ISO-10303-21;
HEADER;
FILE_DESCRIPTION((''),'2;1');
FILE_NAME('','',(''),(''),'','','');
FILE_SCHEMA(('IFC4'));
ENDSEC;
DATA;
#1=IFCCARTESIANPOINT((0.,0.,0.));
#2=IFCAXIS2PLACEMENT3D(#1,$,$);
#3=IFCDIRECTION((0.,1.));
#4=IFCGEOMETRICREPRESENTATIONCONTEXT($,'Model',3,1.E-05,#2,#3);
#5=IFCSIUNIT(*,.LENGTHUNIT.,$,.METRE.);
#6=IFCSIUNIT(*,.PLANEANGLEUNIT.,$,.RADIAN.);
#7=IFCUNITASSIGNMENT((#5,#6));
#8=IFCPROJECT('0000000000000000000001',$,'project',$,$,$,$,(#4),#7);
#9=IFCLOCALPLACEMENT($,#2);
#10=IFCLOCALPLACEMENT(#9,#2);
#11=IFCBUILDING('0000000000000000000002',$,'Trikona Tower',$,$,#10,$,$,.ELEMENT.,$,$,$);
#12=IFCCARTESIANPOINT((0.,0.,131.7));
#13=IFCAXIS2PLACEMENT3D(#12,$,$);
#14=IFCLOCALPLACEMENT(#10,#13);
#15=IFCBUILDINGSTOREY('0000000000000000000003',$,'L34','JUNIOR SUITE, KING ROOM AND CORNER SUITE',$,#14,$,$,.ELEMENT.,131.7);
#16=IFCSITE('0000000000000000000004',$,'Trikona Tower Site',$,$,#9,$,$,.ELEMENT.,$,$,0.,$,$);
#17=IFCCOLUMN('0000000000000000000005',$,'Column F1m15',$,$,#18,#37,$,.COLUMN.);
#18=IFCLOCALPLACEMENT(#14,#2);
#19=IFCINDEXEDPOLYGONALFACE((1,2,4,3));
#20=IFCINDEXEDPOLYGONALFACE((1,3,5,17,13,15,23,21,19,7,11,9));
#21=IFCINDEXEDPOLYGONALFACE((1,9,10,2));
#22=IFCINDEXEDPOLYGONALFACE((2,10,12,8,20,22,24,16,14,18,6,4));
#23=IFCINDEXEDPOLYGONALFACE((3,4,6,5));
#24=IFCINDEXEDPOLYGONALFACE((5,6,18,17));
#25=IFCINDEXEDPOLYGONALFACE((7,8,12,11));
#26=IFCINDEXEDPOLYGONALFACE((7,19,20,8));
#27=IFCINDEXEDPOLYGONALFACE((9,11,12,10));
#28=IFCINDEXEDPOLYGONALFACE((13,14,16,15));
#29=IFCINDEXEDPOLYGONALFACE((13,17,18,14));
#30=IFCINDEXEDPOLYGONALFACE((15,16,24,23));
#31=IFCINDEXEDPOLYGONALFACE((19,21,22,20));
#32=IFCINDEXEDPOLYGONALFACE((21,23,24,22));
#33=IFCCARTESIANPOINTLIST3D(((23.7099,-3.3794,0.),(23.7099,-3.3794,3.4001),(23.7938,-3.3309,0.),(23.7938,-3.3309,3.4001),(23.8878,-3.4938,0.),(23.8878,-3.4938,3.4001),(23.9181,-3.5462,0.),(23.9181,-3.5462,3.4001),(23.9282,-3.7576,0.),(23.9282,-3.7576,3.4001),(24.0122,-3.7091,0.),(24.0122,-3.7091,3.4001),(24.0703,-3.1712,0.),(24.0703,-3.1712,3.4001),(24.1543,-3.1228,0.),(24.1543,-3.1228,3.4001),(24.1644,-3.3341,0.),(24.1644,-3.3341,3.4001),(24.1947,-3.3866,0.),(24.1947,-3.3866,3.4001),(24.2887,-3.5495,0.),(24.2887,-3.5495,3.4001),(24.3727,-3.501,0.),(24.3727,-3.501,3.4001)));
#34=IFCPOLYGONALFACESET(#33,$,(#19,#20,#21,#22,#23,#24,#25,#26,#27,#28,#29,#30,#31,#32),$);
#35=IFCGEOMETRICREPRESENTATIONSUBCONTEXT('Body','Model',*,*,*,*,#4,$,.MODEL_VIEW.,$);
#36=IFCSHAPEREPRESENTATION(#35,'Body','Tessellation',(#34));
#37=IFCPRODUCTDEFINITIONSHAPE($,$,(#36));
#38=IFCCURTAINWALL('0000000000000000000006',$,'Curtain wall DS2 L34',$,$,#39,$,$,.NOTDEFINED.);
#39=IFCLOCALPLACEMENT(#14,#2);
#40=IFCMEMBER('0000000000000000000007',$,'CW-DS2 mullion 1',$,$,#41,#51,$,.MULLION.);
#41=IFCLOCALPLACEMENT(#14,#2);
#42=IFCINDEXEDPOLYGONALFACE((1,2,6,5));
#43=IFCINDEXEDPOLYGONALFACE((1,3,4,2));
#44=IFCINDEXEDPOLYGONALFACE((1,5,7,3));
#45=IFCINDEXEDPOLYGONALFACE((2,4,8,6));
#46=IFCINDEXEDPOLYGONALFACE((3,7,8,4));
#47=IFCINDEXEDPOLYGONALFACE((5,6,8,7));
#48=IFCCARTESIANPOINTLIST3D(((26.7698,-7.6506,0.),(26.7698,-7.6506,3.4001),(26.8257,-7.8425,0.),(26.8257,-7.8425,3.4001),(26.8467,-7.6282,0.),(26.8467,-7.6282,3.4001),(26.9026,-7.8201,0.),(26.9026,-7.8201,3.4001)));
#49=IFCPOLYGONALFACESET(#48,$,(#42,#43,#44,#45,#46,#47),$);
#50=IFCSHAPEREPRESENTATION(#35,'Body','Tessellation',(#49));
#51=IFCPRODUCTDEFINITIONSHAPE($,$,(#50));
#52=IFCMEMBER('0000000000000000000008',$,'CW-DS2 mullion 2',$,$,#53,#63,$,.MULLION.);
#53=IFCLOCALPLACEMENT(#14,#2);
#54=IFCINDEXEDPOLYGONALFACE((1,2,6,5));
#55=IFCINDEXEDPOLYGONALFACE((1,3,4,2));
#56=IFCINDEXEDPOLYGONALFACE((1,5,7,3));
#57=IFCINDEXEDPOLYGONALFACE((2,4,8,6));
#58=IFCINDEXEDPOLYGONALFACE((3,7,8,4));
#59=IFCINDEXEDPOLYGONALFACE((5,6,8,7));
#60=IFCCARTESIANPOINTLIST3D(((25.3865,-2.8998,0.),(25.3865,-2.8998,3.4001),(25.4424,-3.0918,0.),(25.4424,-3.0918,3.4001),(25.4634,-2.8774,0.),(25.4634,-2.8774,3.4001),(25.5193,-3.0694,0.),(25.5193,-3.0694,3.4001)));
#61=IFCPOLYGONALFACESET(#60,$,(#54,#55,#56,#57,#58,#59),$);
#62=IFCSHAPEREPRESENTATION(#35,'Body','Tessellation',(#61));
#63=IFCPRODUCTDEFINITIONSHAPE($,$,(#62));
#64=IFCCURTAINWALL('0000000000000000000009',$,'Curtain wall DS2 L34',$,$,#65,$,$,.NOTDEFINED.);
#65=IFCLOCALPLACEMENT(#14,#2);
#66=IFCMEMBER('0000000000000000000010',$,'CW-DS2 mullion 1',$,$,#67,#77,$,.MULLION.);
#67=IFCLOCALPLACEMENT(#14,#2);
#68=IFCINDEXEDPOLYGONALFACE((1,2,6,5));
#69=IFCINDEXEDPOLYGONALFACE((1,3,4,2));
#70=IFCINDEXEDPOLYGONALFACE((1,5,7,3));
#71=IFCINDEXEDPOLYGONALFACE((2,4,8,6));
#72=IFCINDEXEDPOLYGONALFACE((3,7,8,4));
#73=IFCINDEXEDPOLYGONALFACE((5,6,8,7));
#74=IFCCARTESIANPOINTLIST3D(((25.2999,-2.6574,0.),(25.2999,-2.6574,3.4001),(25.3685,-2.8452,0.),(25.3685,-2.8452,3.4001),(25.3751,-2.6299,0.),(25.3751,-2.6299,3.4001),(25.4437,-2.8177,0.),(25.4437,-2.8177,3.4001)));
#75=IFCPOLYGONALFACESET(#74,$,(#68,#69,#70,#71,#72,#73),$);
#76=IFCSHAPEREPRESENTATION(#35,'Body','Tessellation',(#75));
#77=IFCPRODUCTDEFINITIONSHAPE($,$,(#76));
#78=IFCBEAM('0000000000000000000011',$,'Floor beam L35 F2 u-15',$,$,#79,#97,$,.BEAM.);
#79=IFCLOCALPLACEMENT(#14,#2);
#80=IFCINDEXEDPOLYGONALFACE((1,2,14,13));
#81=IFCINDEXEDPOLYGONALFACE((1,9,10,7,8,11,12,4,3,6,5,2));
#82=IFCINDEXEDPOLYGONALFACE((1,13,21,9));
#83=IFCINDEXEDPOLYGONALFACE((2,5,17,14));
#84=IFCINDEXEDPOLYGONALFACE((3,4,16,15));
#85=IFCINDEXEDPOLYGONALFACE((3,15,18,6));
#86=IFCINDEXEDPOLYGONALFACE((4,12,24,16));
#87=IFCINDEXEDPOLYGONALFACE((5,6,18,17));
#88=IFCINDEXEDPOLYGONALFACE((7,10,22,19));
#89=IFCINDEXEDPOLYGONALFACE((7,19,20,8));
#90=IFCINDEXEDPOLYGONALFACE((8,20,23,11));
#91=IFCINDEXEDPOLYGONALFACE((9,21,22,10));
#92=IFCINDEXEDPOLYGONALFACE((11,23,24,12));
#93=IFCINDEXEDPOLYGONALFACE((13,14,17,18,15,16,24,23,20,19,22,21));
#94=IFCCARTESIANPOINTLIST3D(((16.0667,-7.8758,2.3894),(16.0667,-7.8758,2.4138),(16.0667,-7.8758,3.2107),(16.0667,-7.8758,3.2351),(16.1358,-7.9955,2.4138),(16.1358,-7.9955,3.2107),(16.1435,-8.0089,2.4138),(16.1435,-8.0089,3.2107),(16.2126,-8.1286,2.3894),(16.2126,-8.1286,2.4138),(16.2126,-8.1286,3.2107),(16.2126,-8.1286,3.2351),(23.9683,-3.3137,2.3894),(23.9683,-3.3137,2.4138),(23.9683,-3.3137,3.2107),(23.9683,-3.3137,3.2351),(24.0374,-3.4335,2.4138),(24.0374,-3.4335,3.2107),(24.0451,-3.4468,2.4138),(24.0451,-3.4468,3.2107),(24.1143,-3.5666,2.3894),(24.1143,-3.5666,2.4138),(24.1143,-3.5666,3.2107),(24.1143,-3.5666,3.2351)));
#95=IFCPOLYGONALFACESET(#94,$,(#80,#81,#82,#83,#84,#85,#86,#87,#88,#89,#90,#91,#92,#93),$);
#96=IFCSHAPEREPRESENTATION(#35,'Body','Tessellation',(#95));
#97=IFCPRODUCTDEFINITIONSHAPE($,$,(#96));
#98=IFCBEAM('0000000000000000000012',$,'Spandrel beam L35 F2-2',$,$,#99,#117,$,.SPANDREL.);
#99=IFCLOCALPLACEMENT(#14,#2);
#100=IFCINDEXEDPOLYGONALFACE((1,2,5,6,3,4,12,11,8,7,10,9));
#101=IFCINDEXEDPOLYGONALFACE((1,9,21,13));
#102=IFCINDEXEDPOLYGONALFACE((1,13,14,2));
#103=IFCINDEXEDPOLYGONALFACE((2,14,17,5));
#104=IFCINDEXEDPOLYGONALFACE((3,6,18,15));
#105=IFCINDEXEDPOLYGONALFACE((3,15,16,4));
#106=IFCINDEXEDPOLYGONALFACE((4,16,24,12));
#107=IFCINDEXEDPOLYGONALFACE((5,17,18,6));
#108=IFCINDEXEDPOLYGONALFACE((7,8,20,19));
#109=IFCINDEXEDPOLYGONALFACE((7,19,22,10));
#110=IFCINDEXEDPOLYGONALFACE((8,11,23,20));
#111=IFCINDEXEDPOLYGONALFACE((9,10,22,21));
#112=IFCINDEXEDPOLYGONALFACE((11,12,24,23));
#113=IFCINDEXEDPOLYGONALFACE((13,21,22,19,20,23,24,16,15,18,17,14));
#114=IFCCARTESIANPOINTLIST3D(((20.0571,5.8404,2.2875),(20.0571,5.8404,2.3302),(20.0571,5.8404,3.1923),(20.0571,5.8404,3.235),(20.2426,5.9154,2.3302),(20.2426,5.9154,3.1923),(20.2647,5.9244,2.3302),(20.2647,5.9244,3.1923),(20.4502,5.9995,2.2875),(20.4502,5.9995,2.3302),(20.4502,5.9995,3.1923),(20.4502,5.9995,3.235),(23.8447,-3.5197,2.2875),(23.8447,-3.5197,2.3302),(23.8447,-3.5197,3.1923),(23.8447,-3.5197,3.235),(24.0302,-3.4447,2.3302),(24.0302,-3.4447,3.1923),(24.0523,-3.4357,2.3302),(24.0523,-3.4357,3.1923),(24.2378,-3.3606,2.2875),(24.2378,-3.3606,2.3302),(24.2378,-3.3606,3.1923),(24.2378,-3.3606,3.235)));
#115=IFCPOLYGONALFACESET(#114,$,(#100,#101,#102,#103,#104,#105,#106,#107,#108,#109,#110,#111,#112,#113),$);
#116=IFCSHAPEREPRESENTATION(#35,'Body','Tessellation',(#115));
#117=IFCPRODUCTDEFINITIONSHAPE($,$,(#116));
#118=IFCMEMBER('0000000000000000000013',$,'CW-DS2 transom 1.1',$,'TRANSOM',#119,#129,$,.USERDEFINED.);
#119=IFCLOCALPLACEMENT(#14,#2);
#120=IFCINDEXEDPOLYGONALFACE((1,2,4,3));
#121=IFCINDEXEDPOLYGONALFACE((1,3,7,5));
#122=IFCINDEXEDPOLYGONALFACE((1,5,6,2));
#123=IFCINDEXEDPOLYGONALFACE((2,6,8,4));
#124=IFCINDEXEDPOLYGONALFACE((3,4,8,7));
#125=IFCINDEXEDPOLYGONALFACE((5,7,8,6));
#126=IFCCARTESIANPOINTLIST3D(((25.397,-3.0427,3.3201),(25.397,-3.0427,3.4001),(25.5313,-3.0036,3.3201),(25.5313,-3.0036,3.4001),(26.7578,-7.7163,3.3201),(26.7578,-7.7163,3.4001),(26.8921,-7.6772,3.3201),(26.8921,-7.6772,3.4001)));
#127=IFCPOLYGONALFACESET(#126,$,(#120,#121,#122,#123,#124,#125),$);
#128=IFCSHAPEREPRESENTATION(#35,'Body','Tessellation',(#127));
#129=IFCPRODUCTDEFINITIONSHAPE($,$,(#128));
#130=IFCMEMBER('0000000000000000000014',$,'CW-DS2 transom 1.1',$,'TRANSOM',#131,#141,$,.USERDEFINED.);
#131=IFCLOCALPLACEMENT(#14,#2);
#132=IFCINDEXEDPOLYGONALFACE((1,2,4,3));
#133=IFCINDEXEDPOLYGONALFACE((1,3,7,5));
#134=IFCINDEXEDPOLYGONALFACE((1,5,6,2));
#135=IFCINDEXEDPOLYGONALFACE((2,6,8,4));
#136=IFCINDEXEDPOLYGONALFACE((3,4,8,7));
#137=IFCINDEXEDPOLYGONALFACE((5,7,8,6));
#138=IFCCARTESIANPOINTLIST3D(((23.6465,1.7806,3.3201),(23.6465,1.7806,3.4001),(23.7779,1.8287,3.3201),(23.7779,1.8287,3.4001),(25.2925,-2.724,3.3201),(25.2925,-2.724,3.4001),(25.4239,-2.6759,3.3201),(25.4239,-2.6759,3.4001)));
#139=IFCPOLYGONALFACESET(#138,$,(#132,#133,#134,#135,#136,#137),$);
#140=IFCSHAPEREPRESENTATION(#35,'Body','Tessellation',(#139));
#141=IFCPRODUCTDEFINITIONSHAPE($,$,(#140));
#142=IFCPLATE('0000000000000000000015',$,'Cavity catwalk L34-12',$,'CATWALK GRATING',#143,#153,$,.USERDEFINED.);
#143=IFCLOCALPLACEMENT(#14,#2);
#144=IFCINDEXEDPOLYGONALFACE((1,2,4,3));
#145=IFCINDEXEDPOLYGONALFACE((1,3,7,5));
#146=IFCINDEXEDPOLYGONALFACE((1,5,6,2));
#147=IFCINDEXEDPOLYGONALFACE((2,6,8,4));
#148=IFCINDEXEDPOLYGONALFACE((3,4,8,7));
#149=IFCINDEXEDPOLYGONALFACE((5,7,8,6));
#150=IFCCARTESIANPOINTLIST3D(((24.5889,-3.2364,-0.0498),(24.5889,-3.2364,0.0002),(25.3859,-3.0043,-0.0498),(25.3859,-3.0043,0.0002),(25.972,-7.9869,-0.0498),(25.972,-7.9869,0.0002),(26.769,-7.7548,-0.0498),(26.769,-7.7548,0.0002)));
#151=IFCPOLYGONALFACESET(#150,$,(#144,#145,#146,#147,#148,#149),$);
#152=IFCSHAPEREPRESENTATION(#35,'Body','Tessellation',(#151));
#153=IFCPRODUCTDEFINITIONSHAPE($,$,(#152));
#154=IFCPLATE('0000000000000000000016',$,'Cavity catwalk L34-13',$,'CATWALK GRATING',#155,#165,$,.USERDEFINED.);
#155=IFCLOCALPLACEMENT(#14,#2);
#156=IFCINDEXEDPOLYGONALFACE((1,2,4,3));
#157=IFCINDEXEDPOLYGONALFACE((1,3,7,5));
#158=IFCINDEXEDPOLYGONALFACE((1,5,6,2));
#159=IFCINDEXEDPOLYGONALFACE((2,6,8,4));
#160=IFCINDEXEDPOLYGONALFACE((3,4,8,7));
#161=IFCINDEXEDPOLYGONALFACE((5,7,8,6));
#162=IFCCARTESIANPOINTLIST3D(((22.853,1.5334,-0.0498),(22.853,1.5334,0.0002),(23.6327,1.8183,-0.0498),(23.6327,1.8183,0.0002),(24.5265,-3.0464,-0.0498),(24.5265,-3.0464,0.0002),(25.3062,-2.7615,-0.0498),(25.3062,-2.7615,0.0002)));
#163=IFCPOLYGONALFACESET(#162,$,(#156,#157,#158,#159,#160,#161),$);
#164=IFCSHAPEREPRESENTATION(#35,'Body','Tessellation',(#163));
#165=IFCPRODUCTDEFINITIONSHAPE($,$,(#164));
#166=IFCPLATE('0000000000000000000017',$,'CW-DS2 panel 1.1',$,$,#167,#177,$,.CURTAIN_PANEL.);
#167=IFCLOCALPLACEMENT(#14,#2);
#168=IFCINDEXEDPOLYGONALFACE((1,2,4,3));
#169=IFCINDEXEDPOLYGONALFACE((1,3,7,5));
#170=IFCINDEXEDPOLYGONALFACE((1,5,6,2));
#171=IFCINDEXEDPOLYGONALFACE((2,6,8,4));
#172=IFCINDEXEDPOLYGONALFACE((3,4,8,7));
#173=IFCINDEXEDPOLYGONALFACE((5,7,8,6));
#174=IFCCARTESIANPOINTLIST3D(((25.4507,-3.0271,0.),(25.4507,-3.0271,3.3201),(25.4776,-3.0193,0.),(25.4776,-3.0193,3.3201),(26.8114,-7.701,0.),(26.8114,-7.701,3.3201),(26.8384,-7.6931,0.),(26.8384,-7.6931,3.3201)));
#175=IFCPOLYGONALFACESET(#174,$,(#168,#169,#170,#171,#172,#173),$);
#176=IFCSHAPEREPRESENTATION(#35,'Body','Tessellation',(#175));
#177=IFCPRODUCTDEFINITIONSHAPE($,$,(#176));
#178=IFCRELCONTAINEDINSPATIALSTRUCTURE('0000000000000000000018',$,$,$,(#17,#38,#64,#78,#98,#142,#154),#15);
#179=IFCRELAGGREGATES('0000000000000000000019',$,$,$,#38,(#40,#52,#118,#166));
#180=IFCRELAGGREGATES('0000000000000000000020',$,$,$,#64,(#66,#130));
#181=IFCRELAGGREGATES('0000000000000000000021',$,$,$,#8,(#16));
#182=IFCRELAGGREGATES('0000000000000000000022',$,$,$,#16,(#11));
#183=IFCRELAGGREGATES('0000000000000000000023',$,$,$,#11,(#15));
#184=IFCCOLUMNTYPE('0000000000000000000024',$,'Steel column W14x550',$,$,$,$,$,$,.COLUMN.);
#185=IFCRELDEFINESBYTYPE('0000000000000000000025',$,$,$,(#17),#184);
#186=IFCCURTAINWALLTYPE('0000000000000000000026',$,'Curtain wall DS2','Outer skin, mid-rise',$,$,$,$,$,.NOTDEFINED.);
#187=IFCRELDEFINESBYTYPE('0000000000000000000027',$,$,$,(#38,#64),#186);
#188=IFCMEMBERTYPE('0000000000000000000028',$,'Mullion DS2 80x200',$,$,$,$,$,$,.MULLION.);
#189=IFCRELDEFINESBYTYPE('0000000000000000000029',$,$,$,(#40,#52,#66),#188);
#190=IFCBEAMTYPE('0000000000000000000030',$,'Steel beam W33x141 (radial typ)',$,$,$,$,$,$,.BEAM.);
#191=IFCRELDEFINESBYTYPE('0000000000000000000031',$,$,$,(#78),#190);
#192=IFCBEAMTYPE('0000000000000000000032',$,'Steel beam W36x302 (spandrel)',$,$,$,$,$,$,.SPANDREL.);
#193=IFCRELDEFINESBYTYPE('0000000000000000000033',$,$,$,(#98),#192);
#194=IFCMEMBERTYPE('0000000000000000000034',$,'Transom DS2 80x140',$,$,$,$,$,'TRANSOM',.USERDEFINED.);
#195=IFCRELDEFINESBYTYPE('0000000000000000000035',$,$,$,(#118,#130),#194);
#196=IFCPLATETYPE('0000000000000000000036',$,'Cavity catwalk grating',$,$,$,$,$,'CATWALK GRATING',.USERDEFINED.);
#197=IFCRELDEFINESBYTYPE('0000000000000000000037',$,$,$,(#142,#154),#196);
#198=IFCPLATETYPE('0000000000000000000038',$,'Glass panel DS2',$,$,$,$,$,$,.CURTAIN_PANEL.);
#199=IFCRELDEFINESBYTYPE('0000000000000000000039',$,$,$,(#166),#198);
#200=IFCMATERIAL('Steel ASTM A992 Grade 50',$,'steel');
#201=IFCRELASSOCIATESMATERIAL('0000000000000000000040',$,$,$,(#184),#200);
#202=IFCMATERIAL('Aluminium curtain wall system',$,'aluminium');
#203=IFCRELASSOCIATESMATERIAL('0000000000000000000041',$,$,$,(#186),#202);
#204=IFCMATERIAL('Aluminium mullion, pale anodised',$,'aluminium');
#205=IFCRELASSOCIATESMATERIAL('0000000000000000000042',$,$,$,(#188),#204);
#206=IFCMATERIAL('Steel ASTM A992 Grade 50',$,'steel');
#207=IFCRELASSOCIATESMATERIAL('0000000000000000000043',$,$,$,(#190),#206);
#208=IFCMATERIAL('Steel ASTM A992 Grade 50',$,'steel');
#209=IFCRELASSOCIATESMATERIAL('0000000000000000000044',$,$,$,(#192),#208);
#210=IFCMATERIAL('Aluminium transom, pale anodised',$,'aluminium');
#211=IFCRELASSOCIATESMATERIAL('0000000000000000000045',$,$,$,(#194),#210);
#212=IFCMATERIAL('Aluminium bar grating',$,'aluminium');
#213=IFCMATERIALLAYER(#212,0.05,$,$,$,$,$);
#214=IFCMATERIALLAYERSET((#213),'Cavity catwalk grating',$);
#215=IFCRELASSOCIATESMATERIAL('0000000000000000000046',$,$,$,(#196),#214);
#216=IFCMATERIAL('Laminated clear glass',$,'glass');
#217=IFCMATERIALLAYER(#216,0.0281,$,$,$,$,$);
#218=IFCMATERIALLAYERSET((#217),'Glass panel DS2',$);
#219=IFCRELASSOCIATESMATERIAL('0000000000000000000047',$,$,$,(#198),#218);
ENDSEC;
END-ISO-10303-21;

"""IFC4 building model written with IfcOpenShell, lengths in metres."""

from ifc_helpers import new_model, si_unit, direction, frame, origin, origin_2d, place, context, subcontext, project, spatial, rectangle, i_section, extrude, material, layer, layer_set, material_profile, profile_set, type_object, element, aggregate, save


model = new_model("IFC4")

# Units and contexts
model_context = context("Model", 3, precision=1e-05, world=origin(), true_north=direction((0.0, 1.0)))
body_context = subcontext(model_context, "Body", "Model", "MODEL_VIEW")
ifc_project = project(units=[si_unit("LENGTHUNIT", "METRE"), si_unit("PLANEANGLEUNIT", "RADIAN")], contexts=[model_context])

# Site, building, storey
site_placement = place(None, origin())
site = spatial("IfcSite", under=ifc_project, at=site_placement, Name="Trikona Tower Site", CompositionType="ELEMENT", RefElevation=0.0)
building_placement = place(site_placement, origin())
building = spatial("IfcBuilding", under=site, at=building_placement, Name="Trikona Tower", CompositionType="ELEMENT")
storey_placement = place(building_placement, frame((0.0, 0.0, 131.7)))
storey = spatial("IfcBuildingStorey", under=building, at=storey_placement, Name="L34", Description="JUNIOR SUITE, KING ROOM AND CORNER SUITE", CompositionType="ELEMENT", Elevation=131.7)

# Column
ifc_material_1 = material(Name="Steel ASTM A992 Grade 50", Category="steel")
ifc_material_profile_1 = material_profile(ifc_material_1, i_section(OverallWidth=0.4368, OverallDepth=0.5132, WebThickness=0.0605, FlangeThickness=0.0969, at=origin_2d()), Name="W14X550")
ifc_profile_set_1 = profile_set([ifc_material_profile_1], Name="Steel ASTM A992 Grade 50")
column_type = type_object("IfcColumnType", Name="Steel column W14x550", PredefinedType="COLUMN", material=ifc_profile_set_1)
column_placement = place(storey_placement, frame((24.0413, -3.4402, 0.0), z_axis=(0.0, 0.0, 1.0), x_axis=(-0.5, 0.866025, 0.0)))
element("IfcColumn", 1, at=column_placement, inside=storey, type_object=column_type, Name="Column F1m15", PredefinedType="COLUMN", context=body_context, shape_type="SweptSolid", body=[
    extrude(i_section(OverallWidth=0.4368, OverallDepth=0.5132, WebThickness=0.0605, FlangeThickness=0.0969, at=origin_2d()), origin(), (0.0, 0.0, 1.0), 3.4001),
])

# Curtain wall, members
ifc_material_2 = material(Name="Aluminium curtain wall system", Category="aluminium")
curtain_wall_type = type_object("IfcCurtainWallType", Name="Curtain wall DS2", Description="Outer skin, mid-rise", PredefinedType="NOTDEFINED", material=ifc_material_2)
curtain_wall_1_placement = place(storey_placement, origin())
curtain_wall_1 = element("IfcCurtainWall", 2, at=curtain_wall_1_placement, inside=storey, type_object=curtain_wall_type, Name="Curtain wall DS2 L34", PredefinedType="NOTDEFINED")
ifc_material_3 = material(Name="Aluminium mullion, pale anodised", Category="aluminium")
ifc_material_profile_2 = material_profile(ifc_material_3, rectangle(XDim=0.0801, YDim=0.2, at=origin_2d()), Name="MUL-DS2")
ifc_profile_set_2 = profile_set([ifc_material_profile_2], Name="Aluminium mullion, pale anodised")
member_type_1 = type_object("IfcMemberType", Name="Mullion DS2 80x200", PredefinedType="MULLION", material=ifc_profile_set_2)
member_1_placement = place(storey_placement, frame((26.8362, -7.7354, 0.0), z_axis=(0.0, 0.0, 1.0), x_axis=(-0.960133, -0.279543, 0.0)))
member_1 = element("IfcMember", 3, at=member_1_placement, type_object=member_type_1, Name="CW-DS2 mullion 1", PredefinedType="MULLION", context=body_context, shape_type="SweptSolid", body=[
    extrude(rectangle(XDim=0.0801, YDim=0.2, at=origin_2d()), origin(), (0.0, 0.0, 1.0), 3.4001),
])
member_2_placement = place(storey_placement, frame((25.4529, -2.9846, 0.0), z_axis=(0.0, 0.0, 1.0), x_axis=(-0.960133, -0.279543, 0.0)))
member_2 = element("IfcMember", 4, at=member_2_placement, type_object=member_type_1, Name="CW-DS2 mullion 2", PredefinedType="MULLION", context=body_context, shape_type="SweptSolid", body=[
    extrude(rectangle(XDim=0.0801, YDim=0.2, at=origin_2d()), origin(), (0.0, 0.0, 1.0), 3.4001),
])

# Curtain wall, member
curtain_wall_2_placement = place(storey_placement, origin())
curtain_wall_2 = element("IfcCurtainWall", 5, at=curtain_wall_2_placement, inside=storey, type_object=curtain_wall_type, Name="Curtain wall DS2 L34", PredefinedType="NOTDEFINED")
member_3_placement = place(storey_placement, frame((25.3718, -2.7375, 0.0), z_axis=(0.0, 0.0, 1.0), x_axis=(-0.939254, -0.343223, 0.0)))
member_3 = element("IfcMember", 6, at=member_3_placement, type_object=member_type_1, Name="CW-DS2 mullion 1", PredefinedType="MULLION", context=body_context, shape_type="SweptSolid", body=[
    extrude(rectangle(XDim=0.0801, YDim=0.2, at=origin_2d()), origin(), (0.0, 0.0, 1.0), 3.4001),
])

# Beams
ifc_material_4 = material(Name="Steel ASTM A992 Grade 50", Category="steel")
ifc_material_profile_3 = material_profile(ifc_material_4, i_section(OverallWidth=0.292, OverallDepth=0.8457, WebThickness=0.0154, FlangeThickness=0.0244, at=origin_2d()), Name="W33X141")
ifc_profile_set_3 = profile_set([ifc_material_profile_3], Name="Steel ASTM A992 Grade 50")
beam_type_1 = type_object("IfcBeamType", Name="Steel beam W33x141 (radial typ)", PredefinedType="BEAM", material=ifc_profile_set_3)
beam_1_placement = place(storey_placement, frame((16.1396, -8.0022, 2.8123), z_axis=(0.866025, 0.500001, 0.0), x_axis=(-0.500001, 0.866025, 0.0)))
element("IfcBeam", 7, at=beam_1_placement, inside=storey, type_object=beam_type_1, Name="Floor beam L35 F2 u-15", PredefinedType="BEAM", context=body_context, shape_type="SweptSolid", body=[
    extrude(i_section(OverallWidth=0.292, OverallDepth=0.8457, WebThickness=0.0154, FlangeThickness=0.0244, at=origin_2d()), origin(), (0.0, 0.0, 1.0), 9.124),
])
ifc_material_5 = material(Name="Steel ASTM A992 Grade 50", Category="steel")
ifc_material_profile_4 = material_profile(ifc_material_5, i_section(OverallWidth=0.4241, OverallDepth=0.9475, WebThickness=0.0239, FlangeThickness=0.0427, at=origin_2d()), Name="W36X302")
ifc_profile_set_4 = profile_set([ifc_material_profile_4], Name="Steel ASTM A992 Grade 50")
beam_type_2 = type_object("IfcBeamType", Name="Steel beam W36x302 (spandrel)", PredefinedType="SPANDREL", material=ifc_profile_set_4)
beam_2_placement = place(storey_placement, frame((24.0413, -3.4402, 2.7612), z_axis=(-0.375106, 0.926982, 0.0), x_axis=(-0.926982, -0.375106, 0.0)))
element("IfcBeam", 8, at=beam_2_placement, inside=storey, type_object=beam_type_2, Name="Spandrel beam L35 F2-2", PredefinedType="SPANDREL", context=body_context, shape_type="SweptSolid", body=[
    extrude(i_section(OverallWidth=0.4241, OverallDepth=0.9475, WebThickness=0.0239, FlangeThickness=0.0427, at=origin_2d()), origin(), (0.0, 0.0, 1.0), 10.0974),
])

# Members
ifc_material_6 = material(Name="Aluminium transom, pale anodised", Category="aluminium")
ifc_material_profile_5 = material_profile(ifc_material_6, rectangle(XDim=0.1399, YDim=0.0801, at=origin_2d()), Name="TRN-DS2")
ifc_profile_set_5 = profile_set([ifc_material_profile_5], Name="Aluminium transom, pale anodised")
member_type_2 = type_object("IfcMemberType", Name="Transom DS2 80x140", ElementType="TRANSOM", PredefinedType="USERDEFINED", material=ifc_profile_set_5)
member_4_placement = place(storey_placement, frame((26.825, -7.6968, 3.3601), z_axis=(-0.279567, 0.960126, 0.0), x_axis=(-0.960126, -0.279567, 0.0)))
member_4 = element("IfcMember", 9, at=member_4_placement, type_object=member_type_2, Name="CW-DS2 transom 1.1", ObjectType="TRANSOM", PredefinedType="USERDEFINED", context=body_context, shape_type="SweptSolid", body=[
    extrude(rectangle(XDim=0.1399, YDim=0.0801, at=origin_2d()), origin(), (0.0, 0.0, 1.0), 4.8677),
])
member_5_placement = place(storey_placement, frame((25.3582, -2.7, 3.3601), z_axis=(-0.343206, 0.93926, 0.0), x_axis=(-0.93926, -0.343206, 0.0)))
member_5 = element("IfcMember", 10, at=member_5_placement, type_object=member_type_2, Name="CW-DS2 transom 1.1", ObjectType="TRANSOM", PredefinedType="USERDEFINED", context=body_context, shape_type="SweptSolid", body=[
    extrude(rectangle(XDim=0.1399, YDim=0.0801, at=origin_2d()), origin(), (0.0, 0.0, 1.0), 4.7959),
])

# Plates
ifc_material_7 = material(Name="Aluminium bar grating", Category="aluminium")
ifc_layer_1 = layer(ifc_material_7, 0.05)
ifc_layer_set_1 = layer_set([ifc_layer_1], Name="Cavity catwalk grating")
plate_type_1 = type_object("IfcPlateType", Name="Cavity catwalk grating", ElementType="CATWALK GRATING", PredefinedType="USERDEFINED", material=ifc_layer_set_1)
plate_1_placement = place(storey_placement, frame((25.679, -5.4956, -0.0498), z_axis=(0.0, 0.0, 1.0), x_axis=(-0.279554, 0.96013, 0.0)))
element("IfcPlate", 11, at=plate_1_placement, inside=storey, type_object=plate_type_1, Name="Cavity catwalk L34-12", ObjectType="CATWALK GRATING", PredefinedType="USERDEFINED", context=body_context, shape_type="SweptSolid", body=[
    extrude(rectangle(XDim=4.9478, YDim=0.8301, at=origin_2d()), origin(), (0.0, 0.0, 1.0), 0.05),
])
plate_2_placement = place(storey_placement, frame((24.0796, -0.614, -0.0498), z_axis=(0.0, 0.0, 1.0), x_axis=(-0.34322, 0.939255, 0.0)))
element("IfcPlate", 12, at=plate_2_placement, inside=storey, type_object=plate_type_1, Name="Cavity catwalk L34-13", ObjectType="CATWALK GRATING", PredefinedType="USERDEFINED", context=body_context, shape_type="SweptSolid", body=[
    extrude(rectangle(XDim=4.876, YDim=0.8301, at=origin_2d()), origin(), (0.0, 0.0, 1.0), 0.05),
])

# Plate
ifc_material_8 = material(Name="Laminated clear glass", Category="glass")
ifc_layer_2 = layer(ifc_material_8, 0.0281)
ifc_layer_set_2 = layer_set([ifc_layer_2], Name="Glass panel DS2")
plate_type_2 = type_object("IfcPlateType", Name="Glass panel DS2", PredefinedType="CURTAIN_PANEL", material=ifc_layer_set_2)
plate_3_placement = place(storey_placement, frame((26.1445, -5.3601, 0.0), z_axis=(0.0, 0.0, 1.0), x_axis=(-0.279543, 0.960133, 0.0)))
plate_3 = element("IfcPlate", 13, at=plate_3_placement, type_object=plate_type_2, Name="CW-DS2 panel 1.1", PredefinedType="CURTAIN_PANEL", context=body_context, shape_type="SweptSolid", body=[
    extrude(rectangle(XDim=4.8679, YDim=0.0281, at=origin_2d()), origin(), (0.0, 0.0, 1.0), 3.3201),
])
aggregate(curtain_wall_1, [member_1, member_2, member_4, plate_3])
aggregate(curtain_wall_2, [member_3, member_5])

save(model, "model.ifc")
